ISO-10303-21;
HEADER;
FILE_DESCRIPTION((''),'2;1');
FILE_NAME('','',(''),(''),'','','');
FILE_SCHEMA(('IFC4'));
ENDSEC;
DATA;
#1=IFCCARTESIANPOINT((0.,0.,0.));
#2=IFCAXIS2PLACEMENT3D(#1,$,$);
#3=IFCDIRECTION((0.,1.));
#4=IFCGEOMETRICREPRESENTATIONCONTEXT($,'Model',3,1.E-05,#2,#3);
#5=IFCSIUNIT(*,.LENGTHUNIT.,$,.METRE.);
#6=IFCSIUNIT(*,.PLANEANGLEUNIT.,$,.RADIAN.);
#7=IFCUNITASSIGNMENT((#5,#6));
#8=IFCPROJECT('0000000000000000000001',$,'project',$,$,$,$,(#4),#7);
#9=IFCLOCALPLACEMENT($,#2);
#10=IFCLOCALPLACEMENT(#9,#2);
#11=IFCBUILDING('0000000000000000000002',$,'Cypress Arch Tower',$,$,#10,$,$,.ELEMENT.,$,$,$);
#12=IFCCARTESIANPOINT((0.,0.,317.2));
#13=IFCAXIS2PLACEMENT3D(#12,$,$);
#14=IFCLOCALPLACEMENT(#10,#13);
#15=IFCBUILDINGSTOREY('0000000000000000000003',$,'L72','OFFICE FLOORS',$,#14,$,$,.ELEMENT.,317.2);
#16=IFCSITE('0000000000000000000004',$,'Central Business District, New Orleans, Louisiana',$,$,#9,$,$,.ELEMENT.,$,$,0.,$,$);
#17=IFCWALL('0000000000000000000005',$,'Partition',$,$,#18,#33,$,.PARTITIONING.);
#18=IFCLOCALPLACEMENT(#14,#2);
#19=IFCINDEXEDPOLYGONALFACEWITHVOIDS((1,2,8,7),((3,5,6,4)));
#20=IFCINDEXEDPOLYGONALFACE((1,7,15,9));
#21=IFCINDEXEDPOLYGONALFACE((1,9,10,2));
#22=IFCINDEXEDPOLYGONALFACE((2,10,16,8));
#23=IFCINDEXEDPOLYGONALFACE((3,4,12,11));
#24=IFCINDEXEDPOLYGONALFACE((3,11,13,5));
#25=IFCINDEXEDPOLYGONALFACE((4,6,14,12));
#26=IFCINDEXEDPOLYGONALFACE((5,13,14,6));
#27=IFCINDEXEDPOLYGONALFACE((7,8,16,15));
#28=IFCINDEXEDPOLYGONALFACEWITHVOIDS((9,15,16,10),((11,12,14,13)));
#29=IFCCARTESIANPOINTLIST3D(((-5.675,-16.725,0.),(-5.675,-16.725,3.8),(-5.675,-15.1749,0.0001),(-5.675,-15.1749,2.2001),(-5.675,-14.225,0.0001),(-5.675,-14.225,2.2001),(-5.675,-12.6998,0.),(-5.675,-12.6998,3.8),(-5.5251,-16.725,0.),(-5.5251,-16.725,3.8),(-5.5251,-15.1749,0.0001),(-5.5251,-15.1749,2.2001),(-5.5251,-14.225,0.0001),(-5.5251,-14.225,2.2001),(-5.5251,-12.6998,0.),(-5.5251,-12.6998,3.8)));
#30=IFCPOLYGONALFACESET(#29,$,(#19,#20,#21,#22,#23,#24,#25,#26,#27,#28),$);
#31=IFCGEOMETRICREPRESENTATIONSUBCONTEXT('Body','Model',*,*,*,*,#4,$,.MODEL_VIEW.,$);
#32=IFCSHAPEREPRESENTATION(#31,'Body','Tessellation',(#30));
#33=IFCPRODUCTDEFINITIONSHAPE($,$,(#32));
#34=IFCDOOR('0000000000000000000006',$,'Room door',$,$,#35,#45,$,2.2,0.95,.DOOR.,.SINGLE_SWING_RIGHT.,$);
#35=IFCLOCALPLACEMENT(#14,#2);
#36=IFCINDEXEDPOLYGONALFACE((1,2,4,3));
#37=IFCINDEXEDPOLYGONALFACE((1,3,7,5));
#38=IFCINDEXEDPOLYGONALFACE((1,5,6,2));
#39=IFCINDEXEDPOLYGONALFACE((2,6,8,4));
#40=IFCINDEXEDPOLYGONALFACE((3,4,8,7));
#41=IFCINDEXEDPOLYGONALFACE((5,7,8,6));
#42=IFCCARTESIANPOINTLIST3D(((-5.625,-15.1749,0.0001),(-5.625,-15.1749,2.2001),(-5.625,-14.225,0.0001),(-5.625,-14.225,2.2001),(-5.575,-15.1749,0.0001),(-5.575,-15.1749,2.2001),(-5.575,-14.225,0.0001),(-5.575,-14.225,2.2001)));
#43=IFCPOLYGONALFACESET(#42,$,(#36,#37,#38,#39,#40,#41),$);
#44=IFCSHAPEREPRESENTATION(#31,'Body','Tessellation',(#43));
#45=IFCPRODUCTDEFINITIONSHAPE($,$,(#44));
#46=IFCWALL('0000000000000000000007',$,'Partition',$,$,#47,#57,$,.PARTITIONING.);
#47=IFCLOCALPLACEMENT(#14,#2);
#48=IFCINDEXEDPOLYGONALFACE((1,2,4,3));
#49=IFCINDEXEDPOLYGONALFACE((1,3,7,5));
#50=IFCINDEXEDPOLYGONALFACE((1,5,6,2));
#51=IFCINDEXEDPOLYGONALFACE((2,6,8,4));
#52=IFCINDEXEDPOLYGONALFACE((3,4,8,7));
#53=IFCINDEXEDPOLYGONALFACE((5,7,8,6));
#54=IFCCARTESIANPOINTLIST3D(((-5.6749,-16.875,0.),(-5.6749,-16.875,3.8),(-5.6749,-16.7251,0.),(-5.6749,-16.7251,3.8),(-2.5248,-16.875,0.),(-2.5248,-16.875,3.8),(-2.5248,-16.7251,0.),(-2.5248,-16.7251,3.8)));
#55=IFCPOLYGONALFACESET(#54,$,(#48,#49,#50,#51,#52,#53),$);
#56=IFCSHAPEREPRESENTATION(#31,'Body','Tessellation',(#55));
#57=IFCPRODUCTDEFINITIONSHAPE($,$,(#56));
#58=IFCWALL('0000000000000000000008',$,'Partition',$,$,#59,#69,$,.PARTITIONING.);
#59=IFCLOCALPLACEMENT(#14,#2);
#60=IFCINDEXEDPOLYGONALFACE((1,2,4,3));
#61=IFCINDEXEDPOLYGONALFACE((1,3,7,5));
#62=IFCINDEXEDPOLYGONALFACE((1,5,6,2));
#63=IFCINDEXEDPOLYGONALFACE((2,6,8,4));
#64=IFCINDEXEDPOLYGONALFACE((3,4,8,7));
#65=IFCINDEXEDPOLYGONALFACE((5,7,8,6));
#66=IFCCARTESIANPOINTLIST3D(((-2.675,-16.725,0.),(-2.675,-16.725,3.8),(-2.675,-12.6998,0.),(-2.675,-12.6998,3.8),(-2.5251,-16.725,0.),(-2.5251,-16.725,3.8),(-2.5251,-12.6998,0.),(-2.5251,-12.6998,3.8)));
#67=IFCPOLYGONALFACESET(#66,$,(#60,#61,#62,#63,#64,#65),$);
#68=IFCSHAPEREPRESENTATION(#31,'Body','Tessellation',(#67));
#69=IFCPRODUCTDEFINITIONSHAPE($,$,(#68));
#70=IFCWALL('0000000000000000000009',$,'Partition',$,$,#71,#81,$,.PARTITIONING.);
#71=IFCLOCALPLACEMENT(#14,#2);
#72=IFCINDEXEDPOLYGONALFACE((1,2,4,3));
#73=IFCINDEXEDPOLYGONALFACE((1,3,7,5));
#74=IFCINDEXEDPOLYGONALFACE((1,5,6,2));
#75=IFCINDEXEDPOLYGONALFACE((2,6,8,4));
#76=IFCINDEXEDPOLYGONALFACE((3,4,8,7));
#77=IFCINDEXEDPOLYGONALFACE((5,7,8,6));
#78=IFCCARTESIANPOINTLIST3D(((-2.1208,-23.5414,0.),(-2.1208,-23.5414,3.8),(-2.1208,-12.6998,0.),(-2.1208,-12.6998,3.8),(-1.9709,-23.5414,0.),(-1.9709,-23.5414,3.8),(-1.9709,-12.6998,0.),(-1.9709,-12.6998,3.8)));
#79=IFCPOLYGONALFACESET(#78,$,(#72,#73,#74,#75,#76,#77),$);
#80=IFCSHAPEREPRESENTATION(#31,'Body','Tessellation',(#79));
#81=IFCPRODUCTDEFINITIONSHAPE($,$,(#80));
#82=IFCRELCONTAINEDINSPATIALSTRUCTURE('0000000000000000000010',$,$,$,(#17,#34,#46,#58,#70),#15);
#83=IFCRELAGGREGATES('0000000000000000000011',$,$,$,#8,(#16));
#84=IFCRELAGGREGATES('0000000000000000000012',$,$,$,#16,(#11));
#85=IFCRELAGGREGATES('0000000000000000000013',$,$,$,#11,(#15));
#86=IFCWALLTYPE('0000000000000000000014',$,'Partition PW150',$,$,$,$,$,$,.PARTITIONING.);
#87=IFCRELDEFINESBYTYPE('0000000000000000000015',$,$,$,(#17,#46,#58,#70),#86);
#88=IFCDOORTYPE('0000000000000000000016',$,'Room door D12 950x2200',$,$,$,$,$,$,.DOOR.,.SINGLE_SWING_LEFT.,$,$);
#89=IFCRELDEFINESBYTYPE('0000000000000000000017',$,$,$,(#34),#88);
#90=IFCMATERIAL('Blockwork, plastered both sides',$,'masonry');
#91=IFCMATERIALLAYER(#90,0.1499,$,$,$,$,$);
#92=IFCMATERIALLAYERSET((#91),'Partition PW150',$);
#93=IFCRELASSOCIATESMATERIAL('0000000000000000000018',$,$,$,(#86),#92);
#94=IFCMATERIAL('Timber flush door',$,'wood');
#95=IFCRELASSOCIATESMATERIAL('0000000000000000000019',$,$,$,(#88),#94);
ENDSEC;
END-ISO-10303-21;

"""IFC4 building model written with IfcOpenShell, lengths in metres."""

from ifc_helpers import new_model, si_unit, direction, frame, frame_2d, origin, place, context, subcontext, project, spatial, rectangle, extrude, material, layer, layer_set, type_object, element, fill, save


model = new_model("IFC4")

# Units and contexts
model_context = context("Model", 3, precision=1e-05, world=origin(), true_north=direction((0.0, 1.0)))
body_context = subcontext(model_context, "Body", "Model", "MODEL_VIEW")
ifc_project = project(units=[si_unit("LENGTHUNIT", "METRE"), si_unit("PLANEANGLEUNIT", "RADIAN")], contexts=[model_context])

# Site, building, storey
site_placement = place(None, origin())
site = spatial("IfcSite", under=ifc_project, at=site_placement, Name="Central Business District, New Orleans, Louisiana", CompositionType="ELEMENT", RefElevation=0.0)
building_placement = place(site_placement, origin())
building = spatial("IfcBuilding", under=site, at=building_placement, Name="Cypress Arch Tower", CompositionType="ELEMENT")
storey_placement = place(building_placement, frame((0.0, 0.0, 317.2)))
storey = spatial("IfcBuildingStorey", under=building, at=storey_placement, Name="L72", Description="OFFICE FLOORS", CompositionType="ELEMENT", Elevation=317.2)

# Shared definitions
ifc_material_1 = material(Name="Blockwork, plastered both sides", Category="masonry")
ifc_layer_1 = layer(ifc_material_1, 0.1499)
ifc_layer_set_1 = layer_set([ifc_layer_1], Name="Partition PW150")
wall_type_1 = type_object("IfcWallType", Name="Partition PW150", PredefinedType="PARTITIONING", material=ifc_layer_set_1)

# Wall, opening, door
wall_1_placement = place(storey_placement, frame((-5.6001, -16.7251, 0.0), z_axis=(0.0, 0.0, 1.0), x_axis=(0.0, 1.0, 0.0)))
wall_1 = element("IfcWall", 1, at=wall_1_placement, inside=storey, type_object=wall_type_1, Name="Partition", PredefinedType="PARTITIONING", context=body_context, shape_type="SweptSolid", body=[
    extrude(rectangle(XDim=4.0251, YDim=0.1499, at=frame_2d((2.0127, 0.0))), origin(), (0.0, 0.0, 1.0), 3.8),
])
opening_1_placement = place(wall_1_placement, frame((1.55, 0.0, 0.0)))
opening_1 = element("IfcOpeningElement", 2, at=opening_1_placement, cuts=wall_1, PredefinedType="OPENING", context=body_context, shape_type="SweptSolid", body=[
    extrude(rectangle(XDim=0.95, YDim=2.2, at=frame_2d((0.4751, 1.1001))), frame((0.0, 0.085, 0.0), z_axis=(0.0, -1.0, 0.0), x_axis=(1.0, 0.0, 0.0)), (0.0, 0.0, 1.0), 0.1699),
])
ifc_material_2 = material(Name="Timber flush door", Category="wood")
door_type = type_object("IfcDoorType", Name="Room door D12 950x2200", OperationType="SINGLE_SWING_LEFT", PredefinedType="DOOR", material=ifc_material_2)
door_placement = place(opening_1_placement, origin())
door = element("IfcDoor", 3, at=door_placement, inside=storey, type_object=door_type, Name="Room door", OperationType="SINGLE_SWING_RIGHT", OverallHeight=2.2, OverallWidth=0.95, PredefinedType="DOOR", context=body_context, shape_type="SweptSolid", body=[
    extrude(rectangle(XDim=0.95, YDim=2.2, at=frame_2d((0.4751, 1.1001))), frame((0.0, 0.0249, 0.0), z_axis=(0.0, -1.0, 0.0), x_axis=(1.0, 0.0, 0.0)), (0.0, 0.0, 1.0), 0.05),
])
fill(opening_1, door)

# Walls
wall_2_placement = place(storey_placement, frame((-5.675, -16.8, 0.0), z_axis=(0.0, 0.0, 1.0), x_axis=(1.0, 0.0, 0.0)))
element("IfcWall", 4, at=wall_2_placement, inside=storey, type_object=wall_type_1, Name="Partition", PredefinedType="PARTITIONING", context=body_context, shape_type="SweptSolid", body=[
    extrude(rectangle(XDim=3.1501, YDim=0.1499, at=frame_2d((1.5752, 0.0))), origin(), (0.0, 0.0, 1.0), 3.8),
])
wall_3_placement = place(storey_placement, frame((-2.6001, -16.7251, 0.0), z_axis=(0.0, 0.0, 1.0), x_axis=(0.0, 1.0, 0.0)))
element("IfcWall", 5, at=wall_3_placement, inside=storey, type_object=wall_type_1, Name="Partition", PredefinedType="PARTITIONING", context=body_context, shape_type="SweptSolid", body=[
    extrude(rectangle(XDim=4.0251, YDim=0.1499, at=frame_2d((2.0127, 0.0))), origin(), (0.0, 0.0, 1.0), 3.8),
])
wall_4_placement = place(storey_placement, frame((-2.0459, -23.5415, 0.0), z_axis=(0.0, 0.0, 1.0), x_axis=(0.0, 1.0, 0.0)))
element("IfcWall", 6, at=wall_4_placement, inside=storey, type_object=wall_type_1, Name="Partition", PredefinedType="PARTITIONING", context=body_context, shape_type="SweptSolid", body=[
    extrude(rectangle(XDim=10.8416, YDim=0.1499, at=frame_2d((5.4209, 0.0))), origin(), (0.0, 0.0, 1.0), 3.8),
])

save(model, "model.ifc")
